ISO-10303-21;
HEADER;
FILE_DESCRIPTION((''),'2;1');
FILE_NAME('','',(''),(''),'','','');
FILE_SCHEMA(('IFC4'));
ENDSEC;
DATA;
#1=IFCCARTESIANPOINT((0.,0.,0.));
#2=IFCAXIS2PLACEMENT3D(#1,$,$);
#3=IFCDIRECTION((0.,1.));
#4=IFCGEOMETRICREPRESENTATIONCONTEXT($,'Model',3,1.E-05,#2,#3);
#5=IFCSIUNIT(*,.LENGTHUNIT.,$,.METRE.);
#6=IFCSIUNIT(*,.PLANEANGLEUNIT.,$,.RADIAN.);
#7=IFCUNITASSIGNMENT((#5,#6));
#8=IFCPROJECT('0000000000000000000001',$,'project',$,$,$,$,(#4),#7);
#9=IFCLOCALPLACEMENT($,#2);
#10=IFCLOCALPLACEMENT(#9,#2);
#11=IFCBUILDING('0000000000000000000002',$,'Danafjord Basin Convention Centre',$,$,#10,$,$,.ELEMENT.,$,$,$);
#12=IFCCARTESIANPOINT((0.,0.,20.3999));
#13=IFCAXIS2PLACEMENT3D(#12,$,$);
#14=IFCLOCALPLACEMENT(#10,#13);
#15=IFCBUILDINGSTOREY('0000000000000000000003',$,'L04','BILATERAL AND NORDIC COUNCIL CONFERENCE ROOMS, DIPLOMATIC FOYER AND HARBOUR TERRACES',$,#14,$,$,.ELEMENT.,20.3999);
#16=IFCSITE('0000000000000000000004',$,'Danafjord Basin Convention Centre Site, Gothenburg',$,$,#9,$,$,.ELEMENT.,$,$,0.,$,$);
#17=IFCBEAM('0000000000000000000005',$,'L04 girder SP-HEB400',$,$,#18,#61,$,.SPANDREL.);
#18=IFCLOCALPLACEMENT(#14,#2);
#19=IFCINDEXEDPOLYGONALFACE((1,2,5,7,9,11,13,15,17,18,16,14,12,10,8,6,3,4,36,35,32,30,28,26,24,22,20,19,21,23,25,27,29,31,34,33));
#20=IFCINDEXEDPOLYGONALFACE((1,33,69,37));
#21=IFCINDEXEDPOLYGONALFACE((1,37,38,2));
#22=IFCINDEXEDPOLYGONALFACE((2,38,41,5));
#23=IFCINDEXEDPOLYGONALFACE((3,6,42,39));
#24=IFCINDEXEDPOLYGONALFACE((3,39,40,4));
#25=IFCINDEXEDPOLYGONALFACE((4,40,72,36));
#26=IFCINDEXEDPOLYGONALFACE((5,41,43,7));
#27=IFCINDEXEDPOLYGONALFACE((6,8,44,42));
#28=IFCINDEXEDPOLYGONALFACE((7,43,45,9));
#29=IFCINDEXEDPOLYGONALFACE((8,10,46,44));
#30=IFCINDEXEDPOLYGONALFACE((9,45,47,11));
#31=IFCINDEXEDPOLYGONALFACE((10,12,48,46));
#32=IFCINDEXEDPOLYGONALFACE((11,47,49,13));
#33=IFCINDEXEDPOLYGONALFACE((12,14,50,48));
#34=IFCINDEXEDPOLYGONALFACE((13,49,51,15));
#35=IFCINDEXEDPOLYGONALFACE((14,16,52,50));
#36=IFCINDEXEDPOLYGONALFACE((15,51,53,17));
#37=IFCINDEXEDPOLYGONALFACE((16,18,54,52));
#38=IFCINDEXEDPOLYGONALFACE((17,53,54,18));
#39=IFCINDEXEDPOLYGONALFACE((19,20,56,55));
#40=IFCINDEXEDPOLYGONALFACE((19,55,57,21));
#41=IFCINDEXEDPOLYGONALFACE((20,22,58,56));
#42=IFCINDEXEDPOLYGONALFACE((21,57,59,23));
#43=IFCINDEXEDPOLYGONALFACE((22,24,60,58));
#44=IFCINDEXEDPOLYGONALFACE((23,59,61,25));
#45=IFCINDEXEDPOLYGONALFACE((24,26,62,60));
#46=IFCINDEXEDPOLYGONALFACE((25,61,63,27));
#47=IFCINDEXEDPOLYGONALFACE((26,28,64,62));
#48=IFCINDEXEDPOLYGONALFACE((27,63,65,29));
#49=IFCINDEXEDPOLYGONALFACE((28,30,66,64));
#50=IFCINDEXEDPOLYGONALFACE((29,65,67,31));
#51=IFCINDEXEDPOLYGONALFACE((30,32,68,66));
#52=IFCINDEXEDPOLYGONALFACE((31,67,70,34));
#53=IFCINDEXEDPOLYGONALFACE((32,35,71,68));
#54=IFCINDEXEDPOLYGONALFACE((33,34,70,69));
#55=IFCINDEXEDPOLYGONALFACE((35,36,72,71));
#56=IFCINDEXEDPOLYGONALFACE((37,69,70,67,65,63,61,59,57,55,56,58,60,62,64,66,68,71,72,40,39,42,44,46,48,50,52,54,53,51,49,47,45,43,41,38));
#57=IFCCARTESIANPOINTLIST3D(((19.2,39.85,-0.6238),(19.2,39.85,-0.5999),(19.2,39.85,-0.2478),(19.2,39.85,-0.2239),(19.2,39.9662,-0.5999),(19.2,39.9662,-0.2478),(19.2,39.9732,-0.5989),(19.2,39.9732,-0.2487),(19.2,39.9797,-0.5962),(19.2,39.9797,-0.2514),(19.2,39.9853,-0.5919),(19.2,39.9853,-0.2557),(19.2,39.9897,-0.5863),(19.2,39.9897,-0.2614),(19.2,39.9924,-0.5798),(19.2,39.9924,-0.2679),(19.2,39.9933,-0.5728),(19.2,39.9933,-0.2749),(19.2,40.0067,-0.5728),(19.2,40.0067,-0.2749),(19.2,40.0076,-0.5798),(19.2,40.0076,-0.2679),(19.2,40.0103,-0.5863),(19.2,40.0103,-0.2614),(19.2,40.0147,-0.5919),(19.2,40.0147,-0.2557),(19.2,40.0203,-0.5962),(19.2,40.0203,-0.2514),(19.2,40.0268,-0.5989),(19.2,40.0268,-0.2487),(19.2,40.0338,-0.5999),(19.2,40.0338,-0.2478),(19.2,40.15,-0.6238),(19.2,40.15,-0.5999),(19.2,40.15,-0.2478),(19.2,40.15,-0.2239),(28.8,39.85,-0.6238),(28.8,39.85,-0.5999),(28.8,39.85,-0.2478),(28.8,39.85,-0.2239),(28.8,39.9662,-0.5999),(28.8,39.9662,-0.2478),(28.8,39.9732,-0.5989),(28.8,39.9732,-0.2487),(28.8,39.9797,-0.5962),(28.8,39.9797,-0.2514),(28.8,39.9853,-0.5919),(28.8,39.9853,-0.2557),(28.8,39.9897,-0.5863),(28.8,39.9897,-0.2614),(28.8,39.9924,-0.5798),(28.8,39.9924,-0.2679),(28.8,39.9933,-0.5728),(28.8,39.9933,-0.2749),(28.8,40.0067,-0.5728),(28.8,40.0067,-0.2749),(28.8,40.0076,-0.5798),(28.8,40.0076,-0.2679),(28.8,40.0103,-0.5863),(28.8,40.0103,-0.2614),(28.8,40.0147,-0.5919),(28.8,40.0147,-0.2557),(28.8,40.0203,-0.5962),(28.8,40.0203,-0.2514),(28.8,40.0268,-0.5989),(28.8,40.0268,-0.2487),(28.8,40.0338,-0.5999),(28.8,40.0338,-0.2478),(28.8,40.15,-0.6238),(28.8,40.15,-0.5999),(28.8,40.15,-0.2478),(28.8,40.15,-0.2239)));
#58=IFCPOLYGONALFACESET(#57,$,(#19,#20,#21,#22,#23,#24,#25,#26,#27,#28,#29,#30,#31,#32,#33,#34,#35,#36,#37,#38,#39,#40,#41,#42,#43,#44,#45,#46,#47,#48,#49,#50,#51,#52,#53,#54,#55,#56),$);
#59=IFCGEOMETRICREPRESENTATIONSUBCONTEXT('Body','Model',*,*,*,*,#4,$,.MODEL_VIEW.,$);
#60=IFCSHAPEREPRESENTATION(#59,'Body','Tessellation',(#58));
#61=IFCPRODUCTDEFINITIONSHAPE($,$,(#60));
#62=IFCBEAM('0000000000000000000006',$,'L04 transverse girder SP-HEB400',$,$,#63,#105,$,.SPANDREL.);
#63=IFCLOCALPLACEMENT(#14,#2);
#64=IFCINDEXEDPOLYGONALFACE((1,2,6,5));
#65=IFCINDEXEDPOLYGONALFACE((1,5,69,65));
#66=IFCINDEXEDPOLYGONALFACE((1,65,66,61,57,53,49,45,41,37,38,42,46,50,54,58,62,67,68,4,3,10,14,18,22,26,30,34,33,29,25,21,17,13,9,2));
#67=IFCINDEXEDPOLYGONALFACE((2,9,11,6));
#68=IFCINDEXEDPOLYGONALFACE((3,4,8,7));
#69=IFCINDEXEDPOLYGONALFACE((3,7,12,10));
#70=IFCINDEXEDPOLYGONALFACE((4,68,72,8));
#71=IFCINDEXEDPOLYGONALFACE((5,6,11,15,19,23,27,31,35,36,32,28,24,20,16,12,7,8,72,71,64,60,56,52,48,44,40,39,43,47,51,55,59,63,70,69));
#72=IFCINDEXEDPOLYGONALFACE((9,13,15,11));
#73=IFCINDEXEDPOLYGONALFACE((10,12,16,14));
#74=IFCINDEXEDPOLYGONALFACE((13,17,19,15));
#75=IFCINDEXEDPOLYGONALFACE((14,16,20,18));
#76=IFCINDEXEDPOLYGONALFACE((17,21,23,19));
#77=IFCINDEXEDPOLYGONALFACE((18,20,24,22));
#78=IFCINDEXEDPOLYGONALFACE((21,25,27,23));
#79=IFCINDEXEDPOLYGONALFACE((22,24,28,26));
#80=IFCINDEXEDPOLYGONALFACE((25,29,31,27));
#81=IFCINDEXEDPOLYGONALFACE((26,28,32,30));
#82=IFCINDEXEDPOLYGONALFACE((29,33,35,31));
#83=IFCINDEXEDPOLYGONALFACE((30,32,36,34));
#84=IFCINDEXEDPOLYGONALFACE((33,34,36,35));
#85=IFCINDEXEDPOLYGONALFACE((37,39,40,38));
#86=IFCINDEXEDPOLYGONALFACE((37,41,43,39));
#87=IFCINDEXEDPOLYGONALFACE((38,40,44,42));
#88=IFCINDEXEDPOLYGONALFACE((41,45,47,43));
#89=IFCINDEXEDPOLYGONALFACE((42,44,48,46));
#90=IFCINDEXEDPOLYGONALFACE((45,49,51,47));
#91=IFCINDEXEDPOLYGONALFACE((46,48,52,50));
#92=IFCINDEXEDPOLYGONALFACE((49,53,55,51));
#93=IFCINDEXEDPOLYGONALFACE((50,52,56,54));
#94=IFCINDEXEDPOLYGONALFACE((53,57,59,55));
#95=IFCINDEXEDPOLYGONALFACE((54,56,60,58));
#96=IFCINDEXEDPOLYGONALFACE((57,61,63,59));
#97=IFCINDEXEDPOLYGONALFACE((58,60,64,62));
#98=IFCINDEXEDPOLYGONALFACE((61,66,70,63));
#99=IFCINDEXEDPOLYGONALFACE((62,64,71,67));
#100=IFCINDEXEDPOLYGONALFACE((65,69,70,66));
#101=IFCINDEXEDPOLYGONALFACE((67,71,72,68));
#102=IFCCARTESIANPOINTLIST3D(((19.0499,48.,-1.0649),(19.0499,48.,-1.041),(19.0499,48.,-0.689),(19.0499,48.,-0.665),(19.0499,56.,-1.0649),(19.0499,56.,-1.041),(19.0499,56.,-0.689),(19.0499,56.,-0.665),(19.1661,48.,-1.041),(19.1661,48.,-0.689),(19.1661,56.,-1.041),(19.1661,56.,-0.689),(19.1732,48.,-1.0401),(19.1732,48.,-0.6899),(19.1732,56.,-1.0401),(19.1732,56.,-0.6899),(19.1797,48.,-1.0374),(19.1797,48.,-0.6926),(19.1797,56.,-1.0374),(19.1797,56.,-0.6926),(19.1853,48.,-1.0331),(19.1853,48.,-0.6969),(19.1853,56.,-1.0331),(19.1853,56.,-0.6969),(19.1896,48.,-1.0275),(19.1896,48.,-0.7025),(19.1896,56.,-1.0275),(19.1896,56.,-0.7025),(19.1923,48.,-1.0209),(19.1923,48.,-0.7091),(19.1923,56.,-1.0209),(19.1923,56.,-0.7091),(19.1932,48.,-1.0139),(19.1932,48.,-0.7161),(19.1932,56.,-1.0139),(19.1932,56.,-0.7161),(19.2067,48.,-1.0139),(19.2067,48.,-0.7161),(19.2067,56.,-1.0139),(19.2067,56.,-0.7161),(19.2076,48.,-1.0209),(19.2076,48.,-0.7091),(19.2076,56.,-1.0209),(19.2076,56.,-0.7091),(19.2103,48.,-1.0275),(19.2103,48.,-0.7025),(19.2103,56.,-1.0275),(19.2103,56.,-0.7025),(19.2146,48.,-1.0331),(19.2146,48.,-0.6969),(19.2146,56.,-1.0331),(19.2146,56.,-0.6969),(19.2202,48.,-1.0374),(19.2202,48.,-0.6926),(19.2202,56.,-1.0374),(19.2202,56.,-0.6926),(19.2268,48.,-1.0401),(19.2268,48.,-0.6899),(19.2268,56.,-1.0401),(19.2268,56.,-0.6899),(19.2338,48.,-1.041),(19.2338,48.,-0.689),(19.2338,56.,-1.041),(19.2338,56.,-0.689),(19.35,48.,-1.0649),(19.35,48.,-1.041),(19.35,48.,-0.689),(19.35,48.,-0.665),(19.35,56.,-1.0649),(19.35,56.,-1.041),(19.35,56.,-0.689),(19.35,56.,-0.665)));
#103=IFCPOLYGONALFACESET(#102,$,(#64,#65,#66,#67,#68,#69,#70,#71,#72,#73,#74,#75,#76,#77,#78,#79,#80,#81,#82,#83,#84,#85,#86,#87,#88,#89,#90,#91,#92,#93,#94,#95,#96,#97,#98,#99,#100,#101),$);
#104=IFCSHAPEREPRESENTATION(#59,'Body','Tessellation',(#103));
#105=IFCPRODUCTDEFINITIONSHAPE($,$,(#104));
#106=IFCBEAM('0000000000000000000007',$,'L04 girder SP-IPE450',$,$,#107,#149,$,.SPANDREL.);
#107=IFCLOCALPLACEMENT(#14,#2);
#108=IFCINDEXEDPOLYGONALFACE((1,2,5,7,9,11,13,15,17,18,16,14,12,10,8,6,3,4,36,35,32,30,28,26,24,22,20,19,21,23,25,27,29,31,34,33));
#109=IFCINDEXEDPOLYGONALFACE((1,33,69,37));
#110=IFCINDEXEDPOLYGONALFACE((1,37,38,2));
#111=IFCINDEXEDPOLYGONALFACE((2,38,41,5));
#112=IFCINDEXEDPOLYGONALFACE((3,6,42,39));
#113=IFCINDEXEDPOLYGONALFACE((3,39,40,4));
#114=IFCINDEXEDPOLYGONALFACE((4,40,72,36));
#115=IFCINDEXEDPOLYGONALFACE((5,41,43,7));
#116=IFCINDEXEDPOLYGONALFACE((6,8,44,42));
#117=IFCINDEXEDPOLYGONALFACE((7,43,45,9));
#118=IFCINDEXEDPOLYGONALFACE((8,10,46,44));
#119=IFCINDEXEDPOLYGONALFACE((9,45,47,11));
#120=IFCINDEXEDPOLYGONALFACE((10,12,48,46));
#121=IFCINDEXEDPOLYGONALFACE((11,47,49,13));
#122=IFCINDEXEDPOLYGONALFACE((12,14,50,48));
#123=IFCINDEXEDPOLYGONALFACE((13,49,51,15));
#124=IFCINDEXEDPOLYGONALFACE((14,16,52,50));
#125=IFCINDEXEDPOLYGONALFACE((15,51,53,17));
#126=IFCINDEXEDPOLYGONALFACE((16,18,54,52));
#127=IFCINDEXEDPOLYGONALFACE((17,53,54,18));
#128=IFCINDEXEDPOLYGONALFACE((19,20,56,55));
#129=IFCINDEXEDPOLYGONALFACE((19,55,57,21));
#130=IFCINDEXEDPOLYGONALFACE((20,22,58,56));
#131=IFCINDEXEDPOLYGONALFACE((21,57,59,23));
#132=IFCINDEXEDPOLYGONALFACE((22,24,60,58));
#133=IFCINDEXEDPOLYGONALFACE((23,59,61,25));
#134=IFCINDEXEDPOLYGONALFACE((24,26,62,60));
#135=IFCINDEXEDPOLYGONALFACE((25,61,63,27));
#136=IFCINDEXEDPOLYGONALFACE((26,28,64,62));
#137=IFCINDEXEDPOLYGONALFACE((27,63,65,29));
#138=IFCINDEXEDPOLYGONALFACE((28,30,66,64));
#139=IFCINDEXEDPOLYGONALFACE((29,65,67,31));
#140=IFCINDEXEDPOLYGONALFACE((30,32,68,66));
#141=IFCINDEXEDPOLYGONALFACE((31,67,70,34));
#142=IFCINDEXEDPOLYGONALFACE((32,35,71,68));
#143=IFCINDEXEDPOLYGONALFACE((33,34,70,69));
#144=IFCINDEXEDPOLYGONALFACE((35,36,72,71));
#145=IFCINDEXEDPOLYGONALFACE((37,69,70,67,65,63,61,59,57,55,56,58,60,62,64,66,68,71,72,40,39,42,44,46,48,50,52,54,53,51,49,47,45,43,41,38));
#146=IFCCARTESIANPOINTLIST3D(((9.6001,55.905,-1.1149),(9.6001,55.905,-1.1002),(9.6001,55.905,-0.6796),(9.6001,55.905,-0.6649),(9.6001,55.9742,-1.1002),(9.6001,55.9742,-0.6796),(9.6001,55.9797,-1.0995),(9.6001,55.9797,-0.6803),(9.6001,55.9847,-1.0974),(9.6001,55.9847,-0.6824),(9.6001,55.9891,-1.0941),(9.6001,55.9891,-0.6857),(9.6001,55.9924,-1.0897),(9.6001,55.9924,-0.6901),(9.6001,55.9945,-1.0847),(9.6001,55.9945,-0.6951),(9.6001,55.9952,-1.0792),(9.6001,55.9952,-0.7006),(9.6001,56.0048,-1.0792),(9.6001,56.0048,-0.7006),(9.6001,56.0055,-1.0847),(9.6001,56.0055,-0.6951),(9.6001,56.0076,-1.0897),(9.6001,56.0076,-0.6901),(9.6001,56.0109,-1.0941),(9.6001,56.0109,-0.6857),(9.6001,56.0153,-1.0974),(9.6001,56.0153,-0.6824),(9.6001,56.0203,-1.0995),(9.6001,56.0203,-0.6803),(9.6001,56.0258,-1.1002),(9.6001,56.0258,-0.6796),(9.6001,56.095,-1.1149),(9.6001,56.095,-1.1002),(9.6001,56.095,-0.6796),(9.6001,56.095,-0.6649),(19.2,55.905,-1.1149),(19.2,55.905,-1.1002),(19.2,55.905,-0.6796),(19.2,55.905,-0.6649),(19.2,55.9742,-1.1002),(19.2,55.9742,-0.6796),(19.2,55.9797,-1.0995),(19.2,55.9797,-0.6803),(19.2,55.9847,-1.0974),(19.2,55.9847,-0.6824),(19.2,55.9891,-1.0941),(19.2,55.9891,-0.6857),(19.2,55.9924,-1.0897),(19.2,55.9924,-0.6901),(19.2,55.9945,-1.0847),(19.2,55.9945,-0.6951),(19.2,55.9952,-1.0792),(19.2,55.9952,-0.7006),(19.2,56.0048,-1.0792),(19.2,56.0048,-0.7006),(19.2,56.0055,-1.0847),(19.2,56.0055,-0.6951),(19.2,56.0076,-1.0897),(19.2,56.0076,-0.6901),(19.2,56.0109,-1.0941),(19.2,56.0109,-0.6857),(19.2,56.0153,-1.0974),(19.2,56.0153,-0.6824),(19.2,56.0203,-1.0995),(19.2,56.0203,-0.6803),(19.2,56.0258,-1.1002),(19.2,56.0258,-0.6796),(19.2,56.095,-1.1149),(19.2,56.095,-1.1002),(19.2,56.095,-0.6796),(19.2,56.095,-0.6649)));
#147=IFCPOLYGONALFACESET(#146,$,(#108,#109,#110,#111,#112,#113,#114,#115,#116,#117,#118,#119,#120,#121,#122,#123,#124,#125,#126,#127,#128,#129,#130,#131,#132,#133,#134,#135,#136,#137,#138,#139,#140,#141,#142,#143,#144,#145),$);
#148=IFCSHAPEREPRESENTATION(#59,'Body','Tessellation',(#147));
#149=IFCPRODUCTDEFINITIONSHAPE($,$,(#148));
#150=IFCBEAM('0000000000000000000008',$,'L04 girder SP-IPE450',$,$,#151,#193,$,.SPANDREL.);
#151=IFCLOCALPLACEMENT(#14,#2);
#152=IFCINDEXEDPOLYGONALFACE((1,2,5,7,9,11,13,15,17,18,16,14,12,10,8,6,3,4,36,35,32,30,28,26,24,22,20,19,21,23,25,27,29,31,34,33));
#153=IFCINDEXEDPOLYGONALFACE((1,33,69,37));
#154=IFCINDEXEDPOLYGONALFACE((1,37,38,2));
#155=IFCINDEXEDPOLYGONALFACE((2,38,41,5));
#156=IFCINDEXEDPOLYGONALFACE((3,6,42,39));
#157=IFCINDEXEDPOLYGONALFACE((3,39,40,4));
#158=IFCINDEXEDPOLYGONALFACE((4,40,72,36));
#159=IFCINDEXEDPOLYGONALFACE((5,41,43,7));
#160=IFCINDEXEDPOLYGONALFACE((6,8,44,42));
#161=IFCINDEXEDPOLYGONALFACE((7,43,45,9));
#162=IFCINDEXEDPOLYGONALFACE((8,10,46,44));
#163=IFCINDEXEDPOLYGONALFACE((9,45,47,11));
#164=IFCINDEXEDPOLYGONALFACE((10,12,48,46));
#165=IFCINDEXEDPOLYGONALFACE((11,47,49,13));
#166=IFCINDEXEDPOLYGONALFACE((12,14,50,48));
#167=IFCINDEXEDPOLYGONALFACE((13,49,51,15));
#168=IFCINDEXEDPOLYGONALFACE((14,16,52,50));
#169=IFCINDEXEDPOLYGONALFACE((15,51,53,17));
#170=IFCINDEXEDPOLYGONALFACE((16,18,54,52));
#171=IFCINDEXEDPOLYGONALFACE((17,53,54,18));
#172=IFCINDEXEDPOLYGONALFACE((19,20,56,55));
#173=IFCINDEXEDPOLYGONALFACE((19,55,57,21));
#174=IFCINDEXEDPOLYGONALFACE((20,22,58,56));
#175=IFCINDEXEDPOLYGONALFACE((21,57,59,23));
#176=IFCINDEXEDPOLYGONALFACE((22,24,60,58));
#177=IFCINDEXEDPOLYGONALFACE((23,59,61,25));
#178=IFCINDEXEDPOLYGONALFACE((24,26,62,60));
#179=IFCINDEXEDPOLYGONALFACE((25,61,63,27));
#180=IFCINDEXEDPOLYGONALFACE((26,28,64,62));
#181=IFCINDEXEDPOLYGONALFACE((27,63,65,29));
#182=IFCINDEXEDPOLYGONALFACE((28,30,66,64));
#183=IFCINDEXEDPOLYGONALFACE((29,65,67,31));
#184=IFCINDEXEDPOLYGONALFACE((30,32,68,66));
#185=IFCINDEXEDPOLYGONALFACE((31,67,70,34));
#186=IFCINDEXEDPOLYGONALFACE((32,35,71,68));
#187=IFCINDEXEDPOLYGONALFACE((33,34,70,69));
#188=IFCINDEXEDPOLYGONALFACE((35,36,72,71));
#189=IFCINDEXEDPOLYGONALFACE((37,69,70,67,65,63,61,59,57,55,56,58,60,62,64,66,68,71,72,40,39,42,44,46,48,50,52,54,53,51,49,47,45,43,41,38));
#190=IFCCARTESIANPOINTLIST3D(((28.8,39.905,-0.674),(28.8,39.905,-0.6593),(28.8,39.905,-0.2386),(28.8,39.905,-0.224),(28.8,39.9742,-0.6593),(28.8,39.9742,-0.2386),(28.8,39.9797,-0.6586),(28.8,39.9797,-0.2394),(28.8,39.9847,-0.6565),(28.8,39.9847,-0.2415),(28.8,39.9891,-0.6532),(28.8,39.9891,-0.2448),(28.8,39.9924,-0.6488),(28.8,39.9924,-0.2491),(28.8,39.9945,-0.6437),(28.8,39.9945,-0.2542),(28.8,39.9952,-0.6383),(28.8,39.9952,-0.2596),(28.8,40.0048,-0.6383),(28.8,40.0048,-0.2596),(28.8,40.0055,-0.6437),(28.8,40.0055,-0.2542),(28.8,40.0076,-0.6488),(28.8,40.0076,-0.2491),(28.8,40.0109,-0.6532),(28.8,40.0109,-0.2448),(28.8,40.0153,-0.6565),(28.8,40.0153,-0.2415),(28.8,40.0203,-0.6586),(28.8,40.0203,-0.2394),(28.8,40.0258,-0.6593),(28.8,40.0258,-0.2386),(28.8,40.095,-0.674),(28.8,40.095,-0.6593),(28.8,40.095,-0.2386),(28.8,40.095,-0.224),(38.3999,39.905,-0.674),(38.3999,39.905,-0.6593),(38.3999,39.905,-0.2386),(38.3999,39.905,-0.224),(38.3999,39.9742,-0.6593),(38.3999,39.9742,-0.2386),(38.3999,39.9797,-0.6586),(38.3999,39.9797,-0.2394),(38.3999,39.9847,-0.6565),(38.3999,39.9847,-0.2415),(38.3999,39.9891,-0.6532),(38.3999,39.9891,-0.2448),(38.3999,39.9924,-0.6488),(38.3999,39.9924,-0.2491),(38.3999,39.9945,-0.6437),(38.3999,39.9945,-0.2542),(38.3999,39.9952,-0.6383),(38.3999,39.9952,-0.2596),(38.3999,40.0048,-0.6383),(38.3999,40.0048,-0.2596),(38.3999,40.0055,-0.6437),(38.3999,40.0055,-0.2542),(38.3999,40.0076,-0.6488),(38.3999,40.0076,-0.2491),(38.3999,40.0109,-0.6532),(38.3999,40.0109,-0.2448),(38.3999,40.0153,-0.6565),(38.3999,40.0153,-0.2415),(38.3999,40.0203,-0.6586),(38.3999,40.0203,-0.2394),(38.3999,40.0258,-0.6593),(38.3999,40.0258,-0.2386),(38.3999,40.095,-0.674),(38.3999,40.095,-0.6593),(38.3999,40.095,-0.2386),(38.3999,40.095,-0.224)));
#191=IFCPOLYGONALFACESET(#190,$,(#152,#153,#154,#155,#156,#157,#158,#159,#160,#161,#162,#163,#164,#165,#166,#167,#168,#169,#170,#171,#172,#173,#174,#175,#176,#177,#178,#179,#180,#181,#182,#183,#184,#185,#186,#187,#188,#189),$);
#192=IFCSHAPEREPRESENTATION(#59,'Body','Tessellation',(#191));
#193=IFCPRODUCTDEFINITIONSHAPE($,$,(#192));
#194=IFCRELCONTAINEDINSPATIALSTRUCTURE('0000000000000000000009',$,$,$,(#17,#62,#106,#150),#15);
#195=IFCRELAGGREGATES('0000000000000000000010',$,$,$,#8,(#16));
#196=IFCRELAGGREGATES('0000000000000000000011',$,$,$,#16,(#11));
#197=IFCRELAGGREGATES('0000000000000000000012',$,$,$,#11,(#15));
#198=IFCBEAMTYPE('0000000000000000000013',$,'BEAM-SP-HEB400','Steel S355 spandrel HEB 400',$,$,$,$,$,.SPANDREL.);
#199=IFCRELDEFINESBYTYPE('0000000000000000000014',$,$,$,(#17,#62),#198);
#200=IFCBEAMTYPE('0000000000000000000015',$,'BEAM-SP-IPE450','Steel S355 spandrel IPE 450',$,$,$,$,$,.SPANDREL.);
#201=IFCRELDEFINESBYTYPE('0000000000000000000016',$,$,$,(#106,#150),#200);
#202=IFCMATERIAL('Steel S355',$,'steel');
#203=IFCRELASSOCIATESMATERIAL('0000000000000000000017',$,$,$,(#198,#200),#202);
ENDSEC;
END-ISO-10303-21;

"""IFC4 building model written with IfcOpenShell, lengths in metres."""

from ifc_helpers import new_model, si_unit, direction, frame, origin, origin_2d, place, context, subcontext, project, spatial, i_section, extrude, material, material_profile, profile_set, type_object, element, save


model = new_model("IFC4")

# Units and contexts
model_context = context("Model", 3, precision=1e-05, world=origin(), true_north=direction((0.0, 1.0)))
body_context = subcontext(model_context, "Body", "Model", "MODEL_VIEW")
ifc_project = project(units=[si_unit("LENGTHUNIT", "METRE"), si_unit("PLANEANGLEUNIT", "RADIAN")], contexts=[model_context])

# Site, building, storey
site_placement = place(None, origin())
site = spatial("IfcSite", under=ifc_project, at=site_placement, Name="Danafjord Basin Convention Centre Site, Gothenburg", CompositionType="ELEMENT", RefElevation=0.0)
building_placement = place(site_placement, origin())
building = spatial("IfcBuilding", under=site, at=building_placement, Name="Danafjord Basin Convention Centre", CompositionType="ELEMENT")
storey_placement = place(building_placement, frame((0.0, 0.0, 20.3999)))
storey = spatial("IfcBuildingStorey", under=building, at=storey_placement, Name="L04", Description="BILATERAL AND NORDIC COUNCIL CONFERENCE ROOMS, DIPLOMATIC FOYER AND HARBOUR TERRACES", CompositionType="ELEMENT", Elevation=20.3999)

# Shared definitions
ifc_material_1 = material(Name="Steel S355", Category="steel")

# Beams
ifc_material_profile_1 = material_profile(ifc_material_1, i_section(OverallWidth=0.3, OverallDepth=0.3999, WebThickness=0.0134, FlangeThickness=0.0239, FilletRadius=0.0271, at=origin_2d()), Name="HEB 400")
ifc_profile_set_1 = profile_set([ifc_material_profile_1], Name="Steel S355")
beam_type_1 = type_object("IfcBeamType", Name="BEAM-SP-HEB400", Description="Steel S355 spandrel HEB 400", PredefinedType="SPANDREL", material=ifc_profile_set_1)
beam_1_placement = place(storey_placement, frame((19.2, 40.0, -0.4238), z_axis=(1.0, 0.0, 0.0), x_axis=(0.0, 1.0, 0.0)))
element("IfcBeam", 1, at=beam_1_placement, inside=storey, type_object=beam_type_1, Name="L04 girder SP-HEB400", PredefinedType="SPANDREL", context=body_context, shape_type="SweptSolid", body=[
    extrude(i_section(OverallWidth=0.3, OverallDepth=0.3999, WebThickness=0.0134, FlangeThickness=0.0239, FilletRadius=0.0271, at=origin_2d()), origin(), (0.0, 0.0, 1.0), 9.6001),
])
beam_2_placement = place(storey_placement, frame((19.2, 48.0, -0.865), z_axis=(0.0, 1.0, 0.0), x_axis=(-1.0, 0.0, 0.0)))
element("IfcBeam", 2, at=beam_2_placement, inside=storey, type_object=beam_type_1, Name="L04 transverse girder SP-HEB400", PredefinedType="SPANDREL", context=body_context, shape_type="SweptSolid", body=[
    extrude(i_section(OverallWidth=0.3, OverallDepth=0.3999, WebThickness=0.0134, FlangeThickness=0.0239, FilletRadius=0.0271, at=origin_2d()), origin(), (0.0, 0.0, 1.0), 8.0),
])
ifc_material_profile_2 = material_profile(ifc_material_1, i_section(OverallWidth=0.1899, OverallDepth=0.45, WebThickness=0.0095, FlangeThickness=0.0146, FilletRadius=0.021, at=origin_2d()), Name="IPE 450")
ifc_profile_set_2 = profile_set([ifc_material_profile_2], Name="Steel S355")
beam_type_2 = type_object("IfcBeamType", Name="BEAM-SP-IPE450", Description="Steel S355 spandrel IPE 450", PredefinedType="SPANDREL", material=ifc_profile_set_2)
for number, where, z_axis, x_axis, name in (
    (3, (9.6001, 56.0, -0.8899), (1.0, 0.0, 0.0), (0.0, 1.0, 0.0), "L04 girder SP-IPE450"),
    (4, (28.8, 40.0, -0.449), (1.0, 0.0, 0.0), (0.0, 1.0, 0.0), "L04 girder SP-IPE450"),
):
    element("IfcBeam", number, at=place(storey_placement, frame(where, z_axis=z_axis, x_axis=x_axis)), inside=storey, type_object=beam_type_2, Name=name, PredefinedType="SPANDREL", context=body_context, shape_type="SweptSolid", body=[
        extrude(i_section(OverallWidth=0.1899, OverallDepth=0.45, WebThickness=0.0095, FlangeThickness=0.0146, FilletRadius=0.021, at=origin_2d()), origin(), (0.0, 0.0, 1.0), 9.5999),
    ])

save(model, "model.ifc")
